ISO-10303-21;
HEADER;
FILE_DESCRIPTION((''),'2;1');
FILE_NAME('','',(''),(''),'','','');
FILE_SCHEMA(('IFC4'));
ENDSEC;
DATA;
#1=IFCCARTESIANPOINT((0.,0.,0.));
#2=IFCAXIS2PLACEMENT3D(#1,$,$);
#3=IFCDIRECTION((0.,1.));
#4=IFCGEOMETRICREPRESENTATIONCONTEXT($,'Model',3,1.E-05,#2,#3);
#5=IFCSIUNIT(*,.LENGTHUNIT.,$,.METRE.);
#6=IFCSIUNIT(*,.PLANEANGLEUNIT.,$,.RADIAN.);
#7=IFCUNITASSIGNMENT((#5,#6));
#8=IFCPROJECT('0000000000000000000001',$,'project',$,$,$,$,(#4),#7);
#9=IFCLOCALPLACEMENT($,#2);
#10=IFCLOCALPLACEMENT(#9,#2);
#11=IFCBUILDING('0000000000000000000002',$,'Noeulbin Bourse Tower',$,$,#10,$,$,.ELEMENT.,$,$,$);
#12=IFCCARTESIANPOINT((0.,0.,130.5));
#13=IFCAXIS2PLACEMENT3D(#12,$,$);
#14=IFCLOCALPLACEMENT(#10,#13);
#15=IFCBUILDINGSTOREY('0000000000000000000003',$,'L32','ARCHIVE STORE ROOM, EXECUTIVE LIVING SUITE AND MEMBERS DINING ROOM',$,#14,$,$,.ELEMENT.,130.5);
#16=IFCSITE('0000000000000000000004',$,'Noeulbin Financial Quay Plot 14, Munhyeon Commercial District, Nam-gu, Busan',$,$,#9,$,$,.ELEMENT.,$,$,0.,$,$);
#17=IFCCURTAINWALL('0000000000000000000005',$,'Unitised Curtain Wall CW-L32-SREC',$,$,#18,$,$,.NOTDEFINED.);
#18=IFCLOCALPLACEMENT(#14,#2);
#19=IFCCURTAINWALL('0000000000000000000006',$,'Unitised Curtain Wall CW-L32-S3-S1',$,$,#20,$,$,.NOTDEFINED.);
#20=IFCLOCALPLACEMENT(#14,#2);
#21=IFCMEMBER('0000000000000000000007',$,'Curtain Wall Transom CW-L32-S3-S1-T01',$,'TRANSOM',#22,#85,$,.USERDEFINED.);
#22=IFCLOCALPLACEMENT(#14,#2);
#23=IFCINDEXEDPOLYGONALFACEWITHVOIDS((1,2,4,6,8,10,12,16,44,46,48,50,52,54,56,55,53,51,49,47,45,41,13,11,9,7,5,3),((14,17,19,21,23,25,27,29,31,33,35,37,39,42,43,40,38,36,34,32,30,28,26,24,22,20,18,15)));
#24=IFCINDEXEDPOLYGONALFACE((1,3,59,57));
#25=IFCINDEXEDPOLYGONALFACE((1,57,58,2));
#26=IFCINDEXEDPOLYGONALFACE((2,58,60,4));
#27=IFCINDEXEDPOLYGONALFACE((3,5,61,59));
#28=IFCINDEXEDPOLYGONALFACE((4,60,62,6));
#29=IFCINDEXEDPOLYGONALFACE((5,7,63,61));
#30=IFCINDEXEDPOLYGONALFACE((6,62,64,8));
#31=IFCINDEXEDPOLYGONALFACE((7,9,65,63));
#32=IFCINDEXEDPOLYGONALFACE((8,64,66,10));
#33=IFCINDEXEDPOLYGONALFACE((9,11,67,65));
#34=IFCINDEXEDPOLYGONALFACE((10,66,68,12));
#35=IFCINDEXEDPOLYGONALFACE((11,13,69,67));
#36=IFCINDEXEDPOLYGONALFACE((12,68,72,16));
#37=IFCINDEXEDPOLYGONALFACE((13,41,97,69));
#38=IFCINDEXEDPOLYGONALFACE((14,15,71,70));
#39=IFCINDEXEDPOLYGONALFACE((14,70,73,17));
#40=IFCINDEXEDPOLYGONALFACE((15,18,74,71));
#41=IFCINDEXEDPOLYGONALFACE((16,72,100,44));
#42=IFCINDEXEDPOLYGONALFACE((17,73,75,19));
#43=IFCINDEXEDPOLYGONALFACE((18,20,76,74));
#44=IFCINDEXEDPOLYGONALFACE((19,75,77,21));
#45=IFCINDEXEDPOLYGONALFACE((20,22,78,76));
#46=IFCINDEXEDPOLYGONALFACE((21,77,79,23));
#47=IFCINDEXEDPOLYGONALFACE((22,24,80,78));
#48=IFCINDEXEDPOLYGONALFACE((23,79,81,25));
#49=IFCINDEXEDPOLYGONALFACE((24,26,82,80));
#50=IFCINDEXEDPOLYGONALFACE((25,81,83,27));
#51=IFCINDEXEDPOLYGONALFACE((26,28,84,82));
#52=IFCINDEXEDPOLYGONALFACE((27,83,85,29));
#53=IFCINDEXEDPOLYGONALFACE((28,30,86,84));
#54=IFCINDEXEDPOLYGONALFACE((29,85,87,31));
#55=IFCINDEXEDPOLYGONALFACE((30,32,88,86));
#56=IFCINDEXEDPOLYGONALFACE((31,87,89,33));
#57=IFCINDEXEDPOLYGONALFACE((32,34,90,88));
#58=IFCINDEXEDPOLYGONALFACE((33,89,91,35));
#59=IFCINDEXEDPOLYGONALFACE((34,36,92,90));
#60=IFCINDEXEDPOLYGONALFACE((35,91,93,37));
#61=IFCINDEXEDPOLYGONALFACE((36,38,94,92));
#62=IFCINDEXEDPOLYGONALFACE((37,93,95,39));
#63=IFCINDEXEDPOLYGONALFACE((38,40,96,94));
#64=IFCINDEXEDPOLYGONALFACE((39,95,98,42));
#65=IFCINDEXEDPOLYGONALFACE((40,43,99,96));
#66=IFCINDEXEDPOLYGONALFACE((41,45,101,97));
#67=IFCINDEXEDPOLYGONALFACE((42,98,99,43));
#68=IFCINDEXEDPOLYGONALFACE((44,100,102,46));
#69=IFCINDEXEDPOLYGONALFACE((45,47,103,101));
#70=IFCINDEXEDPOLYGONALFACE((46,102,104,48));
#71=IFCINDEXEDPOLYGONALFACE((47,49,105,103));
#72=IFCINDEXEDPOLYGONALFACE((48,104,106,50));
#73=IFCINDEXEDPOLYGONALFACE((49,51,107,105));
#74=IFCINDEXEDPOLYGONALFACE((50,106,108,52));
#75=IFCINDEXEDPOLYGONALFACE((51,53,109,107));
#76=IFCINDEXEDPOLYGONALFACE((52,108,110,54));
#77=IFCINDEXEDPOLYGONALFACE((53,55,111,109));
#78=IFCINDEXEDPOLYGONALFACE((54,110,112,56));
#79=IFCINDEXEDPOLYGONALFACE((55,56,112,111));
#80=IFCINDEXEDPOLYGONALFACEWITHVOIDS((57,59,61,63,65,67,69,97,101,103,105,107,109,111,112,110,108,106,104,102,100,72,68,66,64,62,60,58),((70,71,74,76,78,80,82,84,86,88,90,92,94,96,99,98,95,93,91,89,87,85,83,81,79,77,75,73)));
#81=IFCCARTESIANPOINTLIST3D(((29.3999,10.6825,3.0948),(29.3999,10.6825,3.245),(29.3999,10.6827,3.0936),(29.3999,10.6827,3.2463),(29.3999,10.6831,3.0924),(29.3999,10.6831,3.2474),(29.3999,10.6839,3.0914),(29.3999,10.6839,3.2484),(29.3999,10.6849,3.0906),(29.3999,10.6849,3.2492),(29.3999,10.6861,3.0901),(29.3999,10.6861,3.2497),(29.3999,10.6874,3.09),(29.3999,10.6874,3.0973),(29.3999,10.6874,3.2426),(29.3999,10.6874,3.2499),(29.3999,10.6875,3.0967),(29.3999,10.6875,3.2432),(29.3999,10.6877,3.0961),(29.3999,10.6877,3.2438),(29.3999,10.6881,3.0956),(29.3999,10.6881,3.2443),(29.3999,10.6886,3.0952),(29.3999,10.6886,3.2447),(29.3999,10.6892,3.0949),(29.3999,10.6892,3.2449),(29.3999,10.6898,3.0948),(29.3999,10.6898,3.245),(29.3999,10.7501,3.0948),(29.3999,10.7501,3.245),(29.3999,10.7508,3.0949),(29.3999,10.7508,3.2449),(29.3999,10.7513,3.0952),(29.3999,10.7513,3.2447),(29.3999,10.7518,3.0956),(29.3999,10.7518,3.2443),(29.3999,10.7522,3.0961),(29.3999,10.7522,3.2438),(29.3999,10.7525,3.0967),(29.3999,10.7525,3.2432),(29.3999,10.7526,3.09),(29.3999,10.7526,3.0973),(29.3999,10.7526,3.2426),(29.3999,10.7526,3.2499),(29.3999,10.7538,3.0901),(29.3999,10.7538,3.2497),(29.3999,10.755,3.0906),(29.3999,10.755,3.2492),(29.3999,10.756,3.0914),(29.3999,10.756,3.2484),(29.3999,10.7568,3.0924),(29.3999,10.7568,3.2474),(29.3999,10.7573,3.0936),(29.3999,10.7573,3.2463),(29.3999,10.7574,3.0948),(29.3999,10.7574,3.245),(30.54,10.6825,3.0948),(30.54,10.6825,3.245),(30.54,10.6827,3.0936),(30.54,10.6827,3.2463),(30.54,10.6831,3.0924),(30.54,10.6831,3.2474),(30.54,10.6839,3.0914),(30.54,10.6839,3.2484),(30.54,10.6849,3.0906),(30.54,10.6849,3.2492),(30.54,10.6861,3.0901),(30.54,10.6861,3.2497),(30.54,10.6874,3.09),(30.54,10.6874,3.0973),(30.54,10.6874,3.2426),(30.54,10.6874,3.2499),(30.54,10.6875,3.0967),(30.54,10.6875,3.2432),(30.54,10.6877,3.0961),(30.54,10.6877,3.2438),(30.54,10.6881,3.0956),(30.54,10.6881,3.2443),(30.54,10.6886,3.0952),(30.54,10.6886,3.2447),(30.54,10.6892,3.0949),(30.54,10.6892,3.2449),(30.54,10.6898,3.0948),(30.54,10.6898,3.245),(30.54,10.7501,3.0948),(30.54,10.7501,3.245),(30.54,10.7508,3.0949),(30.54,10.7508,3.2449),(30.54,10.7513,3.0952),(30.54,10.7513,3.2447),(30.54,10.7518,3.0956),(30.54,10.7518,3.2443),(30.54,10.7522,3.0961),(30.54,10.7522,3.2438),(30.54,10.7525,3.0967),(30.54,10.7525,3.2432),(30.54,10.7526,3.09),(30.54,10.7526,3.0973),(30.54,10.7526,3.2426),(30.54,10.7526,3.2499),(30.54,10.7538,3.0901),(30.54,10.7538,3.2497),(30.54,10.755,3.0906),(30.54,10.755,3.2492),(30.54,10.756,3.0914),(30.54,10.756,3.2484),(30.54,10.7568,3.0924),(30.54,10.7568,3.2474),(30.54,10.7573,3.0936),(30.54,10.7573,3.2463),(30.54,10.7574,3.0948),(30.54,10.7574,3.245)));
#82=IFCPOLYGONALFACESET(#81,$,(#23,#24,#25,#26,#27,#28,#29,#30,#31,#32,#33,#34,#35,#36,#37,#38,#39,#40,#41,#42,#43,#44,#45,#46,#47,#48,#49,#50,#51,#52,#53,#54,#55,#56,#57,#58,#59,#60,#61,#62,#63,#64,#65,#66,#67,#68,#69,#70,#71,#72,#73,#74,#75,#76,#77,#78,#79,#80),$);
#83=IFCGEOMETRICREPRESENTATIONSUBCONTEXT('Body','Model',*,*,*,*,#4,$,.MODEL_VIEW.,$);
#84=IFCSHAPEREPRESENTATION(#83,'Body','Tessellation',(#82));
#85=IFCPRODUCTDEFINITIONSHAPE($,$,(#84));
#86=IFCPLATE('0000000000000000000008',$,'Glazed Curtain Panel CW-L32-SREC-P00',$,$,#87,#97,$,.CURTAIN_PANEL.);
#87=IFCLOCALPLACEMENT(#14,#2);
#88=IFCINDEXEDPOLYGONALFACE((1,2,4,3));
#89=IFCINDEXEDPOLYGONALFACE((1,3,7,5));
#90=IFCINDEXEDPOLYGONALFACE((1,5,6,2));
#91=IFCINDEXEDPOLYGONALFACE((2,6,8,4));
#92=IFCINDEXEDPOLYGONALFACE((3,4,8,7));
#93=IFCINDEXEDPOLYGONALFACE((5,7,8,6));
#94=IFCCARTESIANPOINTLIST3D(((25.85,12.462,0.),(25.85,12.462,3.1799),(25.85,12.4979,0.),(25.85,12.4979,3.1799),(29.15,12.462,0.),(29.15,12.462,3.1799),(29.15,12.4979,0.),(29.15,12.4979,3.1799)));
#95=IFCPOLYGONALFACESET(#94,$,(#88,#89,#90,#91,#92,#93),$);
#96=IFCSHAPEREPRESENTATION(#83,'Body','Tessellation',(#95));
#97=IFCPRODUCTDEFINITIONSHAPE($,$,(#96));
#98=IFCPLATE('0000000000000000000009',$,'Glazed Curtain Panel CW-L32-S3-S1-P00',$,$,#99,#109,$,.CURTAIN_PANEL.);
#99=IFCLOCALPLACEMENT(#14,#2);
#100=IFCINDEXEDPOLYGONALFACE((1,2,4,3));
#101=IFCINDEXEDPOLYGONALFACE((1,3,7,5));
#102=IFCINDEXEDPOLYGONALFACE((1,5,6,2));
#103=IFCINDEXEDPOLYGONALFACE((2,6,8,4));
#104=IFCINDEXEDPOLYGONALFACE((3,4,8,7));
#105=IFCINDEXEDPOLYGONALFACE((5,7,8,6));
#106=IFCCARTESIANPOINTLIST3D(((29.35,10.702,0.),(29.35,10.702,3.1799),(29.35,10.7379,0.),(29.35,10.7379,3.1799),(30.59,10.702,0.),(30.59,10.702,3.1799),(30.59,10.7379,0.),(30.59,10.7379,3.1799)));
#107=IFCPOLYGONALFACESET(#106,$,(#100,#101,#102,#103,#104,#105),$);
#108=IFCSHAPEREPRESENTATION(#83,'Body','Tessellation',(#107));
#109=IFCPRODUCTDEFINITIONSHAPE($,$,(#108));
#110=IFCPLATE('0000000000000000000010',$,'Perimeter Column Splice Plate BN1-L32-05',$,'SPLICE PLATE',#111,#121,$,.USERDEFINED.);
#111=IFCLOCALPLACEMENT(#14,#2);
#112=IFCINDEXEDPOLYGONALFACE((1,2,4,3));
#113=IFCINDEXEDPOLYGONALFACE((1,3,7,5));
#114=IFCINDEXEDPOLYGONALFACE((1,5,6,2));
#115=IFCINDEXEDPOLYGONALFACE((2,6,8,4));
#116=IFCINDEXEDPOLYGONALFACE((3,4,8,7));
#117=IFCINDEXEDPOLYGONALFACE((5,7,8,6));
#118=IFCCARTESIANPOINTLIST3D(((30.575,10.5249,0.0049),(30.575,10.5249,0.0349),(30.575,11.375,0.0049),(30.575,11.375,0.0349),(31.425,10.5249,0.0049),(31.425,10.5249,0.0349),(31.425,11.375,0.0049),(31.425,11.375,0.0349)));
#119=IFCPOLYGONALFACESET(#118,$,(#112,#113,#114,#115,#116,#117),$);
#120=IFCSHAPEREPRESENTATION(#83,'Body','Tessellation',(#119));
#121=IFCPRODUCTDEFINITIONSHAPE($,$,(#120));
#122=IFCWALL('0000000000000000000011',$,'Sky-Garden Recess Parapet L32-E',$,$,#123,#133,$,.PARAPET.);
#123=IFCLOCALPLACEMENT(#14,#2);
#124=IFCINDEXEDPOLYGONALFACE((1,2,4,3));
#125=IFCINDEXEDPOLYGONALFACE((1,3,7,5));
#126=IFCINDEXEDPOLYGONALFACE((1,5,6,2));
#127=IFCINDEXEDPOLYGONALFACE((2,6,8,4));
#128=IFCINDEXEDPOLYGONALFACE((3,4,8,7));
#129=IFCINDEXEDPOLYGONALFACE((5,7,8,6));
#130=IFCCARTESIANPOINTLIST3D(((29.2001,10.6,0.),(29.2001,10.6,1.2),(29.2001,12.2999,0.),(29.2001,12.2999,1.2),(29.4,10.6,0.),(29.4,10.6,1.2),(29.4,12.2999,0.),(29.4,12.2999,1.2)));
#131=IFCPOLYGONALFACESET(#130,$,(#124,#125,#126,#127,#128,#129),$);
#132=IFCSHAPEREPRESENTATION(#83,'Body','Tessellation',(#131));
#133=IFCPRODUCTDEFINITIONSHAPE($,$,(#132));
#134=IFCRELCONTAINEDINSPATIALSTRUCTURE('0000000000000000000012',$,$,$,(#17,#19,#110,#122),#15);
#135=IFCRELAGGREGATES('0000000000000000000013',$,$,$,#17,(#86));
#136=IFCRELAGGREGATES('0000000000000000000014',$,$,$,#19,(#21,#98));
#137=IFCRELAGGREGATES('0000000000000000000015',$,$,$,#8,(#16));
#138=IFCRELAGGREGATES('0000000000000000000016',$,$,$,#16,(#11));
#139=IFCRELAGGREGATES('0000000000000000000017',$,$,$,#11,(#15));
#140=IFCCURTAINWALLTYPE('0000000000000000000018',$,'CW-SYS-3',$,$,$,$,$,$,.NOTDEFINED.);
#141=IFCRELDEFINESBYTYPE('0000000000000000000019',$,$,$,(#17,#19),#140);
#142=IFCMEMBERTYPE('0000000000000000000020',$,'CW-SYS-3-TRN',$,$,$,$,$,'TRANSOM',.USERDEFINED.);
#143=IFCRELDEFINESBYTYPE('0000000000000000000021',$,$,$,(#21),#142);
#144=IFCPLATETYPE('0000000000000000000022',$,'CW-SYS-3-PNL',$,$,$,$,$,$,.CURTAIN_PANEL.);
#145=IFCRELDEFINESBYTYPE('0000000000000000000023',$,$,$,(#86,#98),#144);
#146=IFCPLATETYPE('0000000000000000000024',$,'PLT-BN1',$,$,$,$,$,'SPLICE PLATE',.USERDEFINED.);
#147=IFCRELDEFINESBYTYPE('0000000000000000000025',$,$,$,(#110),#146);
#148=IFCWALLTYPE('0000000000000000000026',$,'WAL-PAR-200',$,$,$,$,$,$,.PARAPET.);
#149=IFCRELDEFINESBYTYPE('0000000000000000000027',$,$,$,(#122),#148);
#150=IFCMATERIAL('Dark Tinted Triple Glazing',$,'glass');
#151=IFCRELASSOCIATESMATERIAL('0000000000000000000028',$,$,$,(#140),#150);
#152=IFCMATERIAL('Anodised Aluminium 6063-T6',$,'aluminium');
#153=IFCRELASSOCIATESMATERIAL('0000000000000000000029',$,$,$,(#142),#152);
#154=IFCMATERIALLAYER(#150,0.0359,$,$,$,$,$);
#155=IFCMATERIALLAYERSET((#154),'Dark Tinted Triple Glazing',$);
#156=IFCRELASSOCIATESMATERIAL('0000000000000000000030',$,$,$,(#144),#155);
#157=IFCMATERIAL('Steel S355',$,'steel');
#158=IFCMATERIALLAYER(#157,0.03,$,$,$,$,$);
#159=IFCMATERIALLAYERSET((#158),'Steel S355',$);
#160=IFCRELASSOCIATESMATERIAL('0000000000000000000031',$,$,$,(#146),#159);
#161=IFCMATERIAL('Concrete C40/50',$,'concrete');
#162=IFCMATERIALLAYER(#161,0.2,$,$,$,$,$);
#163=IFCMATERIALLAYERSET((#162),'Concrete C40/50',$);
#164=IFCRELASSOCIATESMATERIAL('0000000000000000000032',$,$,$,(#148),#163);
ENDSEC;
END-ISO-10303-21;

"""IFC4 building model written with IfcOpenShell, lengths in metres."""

from ifc_helpers import new_model, si_unit, direction, frame, frame_2d, origin, origin_2d, place, context, subcontext, project, spatial, rectangle, hollow_rectangle, extrude, material, layer, layer_set, material_profile, profile_set, type_object, element, aggregate, save


model = new_model("IFC4")

# Units and contexts
model_context = context("Model", 3, precision=1e-05, world=origin(), true_north=direction((0.0, 1.0)))
body_context = subcontext(model_context, "Body", "Model", "MODEL_VIEW")
ifc_project = project(units=[si_unit("LENGTHUNIT", "METRE"), si_unit("PLANEANGLEUNIT", "RADIAN")], contexts=[model_context])

# Site, building, storey
site_placement = place(None, origin())
site = spatial("IfcSite", under=ifc_project, at=site_placement, Name="Noeulbin Financial Quay Plot 14, Munhyeon Commercial District, Nam-gu, Busan", CompositionType="ELEMENT", RefElevation=0.0)
building_placement = place(site_placement, origin())
building = spatial("IfcBuilding", under=site, at=building_placement, Name="Noeulbin Bourse Tower", CompositionType="ELEMENT")
storey_placement = place(building_placement, frame((0.0, 0.0, 130.5)))
storey = spatial("IfcBuildingStorey", under=building, at=storey_placement, Name="L32", Description="ARCHIVE STORE ROOM, EXECUTIVE LIVING SUITE AND MEMBERS DINING ROOM", CompositionType="ELEMENT", Elevation=130.5)

# Shared definitions
ifc_material_1 = material(Name="Steel S355", Category="steel")

# Curtain wall
ifc_material_2 = material(Name="Dark Tinted Triple Glazing", Category="glass")
curtain_wall_type = type_object("IfcCurtainWallType", Name="CW-SYS-3", PredefinedType="NOTDEFINED", material=ifc_material_2)
curtain_wall_1_placement = place(storey_placement, origin())
curtain_wall_1 = element("IfcCurtainWall", 1, at=curtain_wall_1_placement, inside=storey, type_object=curtain_wall_type, Name="Unitised Curtain Wall CW-L32-SREC", PredefinedType="NOTDEFINED")
ifc_material_3 = material(Name="Anodised Aluminium 6063-T6", Category="aluminium")

# Curtain wall, member
curtain_wall_2_placement = place(storey_placement, origin())
curtain_wall_2 = element("IfcCurtainWall", 2, at=curtain_wall_2_placement, inside=storey, type_object=curtain_wall_type, Name="Unitised Curtain Wall CW-L32-S3-S1", PredefinedType="NOTDEFINED")
ifc_material_profile_1 = material_profile(ifc_material_3, hollow_rectangle(XDim=0.075, YDim=0.1599, WallThickness=0.0049, InnerFilletRadius=0.0024, OuterFilletRadius=0.0049, at=origin_2d()), Name="ALU-TRAN-75x160x5", Category="LoadBearing")
ifc_profile_set_1 = profile_set([ifc_material_profile_1], Name="Anodised Aluminium 6063-T6")
member_type_1 = type_object("IfcMemberType", Name="CW-SYS-3-TRN", ElementType="TRANSOM", PredefinedType="USERDEFINED", material=ifc_profile_set_1)
member_1_placement = place(storey_placement, frame((29.3999, 10.72, 3.1699), z_axis=(1.0, 0.0, 0.0), x_axis=(0.0, 1.0, 0.0)))
member_1 = element("IfcMember", 3, at=member_1_placement, type_object=member_type_1, Name="Curtain Wall Transom CW-L32-S3-S1-T01", ObjectType="TRANSOM", PredefinedType="USERDEFINED", context=body_context, shape_type="SweptSolid", body=[
    extrude(hollow_rectangle(XDim=0.075, YDim=0.1599, WallThickness=0.0049, InnerFilletRadius=0.0024, OuterFilletRadius=0.0049, at=origin_2d()), origin(), (0.0, 0.0, 1.0), 1.1401),
])

# Plates
ifc_layer_1 = layer(ifc_material_2, 0.0359)
ifc_layer_set_1 = layer_set([ifc_layer_1], Name="Dark Tinted Triple Glazing")
plate_type_1 = type_object("IfcPlateType", Name="CW-SYS-3-PNL", PredefinedType="CURTAIN_PANEL", material=ifc_layer_set_1)
plate_1_placement = place(storey_placement, frame((27.5, 12.48, 0.0), z_axis=(0.0, 0.0, 1.0), x_axis=(1.0, 0.0, 0.0)))
plate_1 = element("IfcPlate", 4, at=plate_1_placement, type_object=plate_type_1, Name="Glazed Curtain Panel CW-L32-SREC-P00", PredefinedType="CURTAIN_PANEL", context=body_context, shape_type="SweptSolid", body=[
    extrude(rectangle(XDim=3.3, YDim=0.0359, at=origin_2d()), origin(), (0.0, 0.0, 1.0), 3.1799),
])
aggregate(curtain_wall_1, [plate_1])
plate_2_placement = place(storey_placement, frame((29.97, 10.72, 0.0), z_axis=(0.0, 0.0, 1.0), x_axis=(1.0, 0.0, 0.0)))
plate_2 = element("IfcPlate", 5, at=plate_2_placement, type_object=plate_type_1, Name="Glazed Curtain Panel CW-L32-S3-S1-P00", PredefinedType="CURTAIN_PANEL", context=body_context, shape_type="SweptSolid", body=[
    extrude(rectangle(XDim=1.24, YDim=0.0359, at=origin_2d()), origin(), (0.0, 0.0, 1.0), 3.1799),
])
aggregate(curtain_wall_2, [member_1, plate_2])
ifc_layer_2 = layer(ifc_material_1, 0.03)
ifc_layer_set_2 = layer_set([ifc_layer_2], Name="Steel S355")
plate_type_2 = type_object("IfcPlateType", Name="PLT-BN1", ElementType="SPLICE PLATE", PredefinedType="USERDEFINED", material=ifc_layer_set_2)
plate_3_placement = place(storey_placement, frame((31.0, 10.95, 0.0049), z_axis=(0.0, 0.0, 1.0), x_axis=(1.0, 0.0, 0.0)))
element("IfcPlate", 6, at=plate_3_placement, inside=storey, type_object=plate_type_2, Name="Perimeter Column Splice Plate BN1-L32-05", ObjectType="SPLICE PLATE", PredefinedType="USERDEFINED", context=body_context, shape_type="SweptSolid", body=[
    extrude(rectangle(XDim=0.8501, YDim=0.8501, at=origin_2d()), origin(), (0.0, 0.0, 1.0), 0.03),
])

# Wall
ifc_material_4 = material(Name="Concrete C40/50", Category="concrete")
ifc_layer_3 = layer(ifc_material_4, 0.2)
ifc_layer_set_3 = layer_set([ifc_layer_3], Name="Concrete C40/50")
wall_type = type_object("IfcWallType", Name="WAL-PAR-200", PredefinedType="PARAPET", material=ifc_layer_set_3)
wall_placement = place(storey_placement, frame((29.3, 12.3, 0.0), z_axis=(0.0, 0.0, 1.0), x_axis=(0.0, -1.0, 0.0)))
element("IfcWall", 7, at=wall_placement, inside=storey, type_object=wall_type, Name="Sky-Garden Recess Parapet L32-E", PredefinedType="PARAPET", context=body_context, shape_type="SweptSolid", body=[
    extrude(rectangle(XDim=1.7, YDim=0.2, at=frame_2d((0.8501, 0.0))), origin(), (0.0, 0.0, 1.0), 1.2),
])

save(model, "model.ifc")
